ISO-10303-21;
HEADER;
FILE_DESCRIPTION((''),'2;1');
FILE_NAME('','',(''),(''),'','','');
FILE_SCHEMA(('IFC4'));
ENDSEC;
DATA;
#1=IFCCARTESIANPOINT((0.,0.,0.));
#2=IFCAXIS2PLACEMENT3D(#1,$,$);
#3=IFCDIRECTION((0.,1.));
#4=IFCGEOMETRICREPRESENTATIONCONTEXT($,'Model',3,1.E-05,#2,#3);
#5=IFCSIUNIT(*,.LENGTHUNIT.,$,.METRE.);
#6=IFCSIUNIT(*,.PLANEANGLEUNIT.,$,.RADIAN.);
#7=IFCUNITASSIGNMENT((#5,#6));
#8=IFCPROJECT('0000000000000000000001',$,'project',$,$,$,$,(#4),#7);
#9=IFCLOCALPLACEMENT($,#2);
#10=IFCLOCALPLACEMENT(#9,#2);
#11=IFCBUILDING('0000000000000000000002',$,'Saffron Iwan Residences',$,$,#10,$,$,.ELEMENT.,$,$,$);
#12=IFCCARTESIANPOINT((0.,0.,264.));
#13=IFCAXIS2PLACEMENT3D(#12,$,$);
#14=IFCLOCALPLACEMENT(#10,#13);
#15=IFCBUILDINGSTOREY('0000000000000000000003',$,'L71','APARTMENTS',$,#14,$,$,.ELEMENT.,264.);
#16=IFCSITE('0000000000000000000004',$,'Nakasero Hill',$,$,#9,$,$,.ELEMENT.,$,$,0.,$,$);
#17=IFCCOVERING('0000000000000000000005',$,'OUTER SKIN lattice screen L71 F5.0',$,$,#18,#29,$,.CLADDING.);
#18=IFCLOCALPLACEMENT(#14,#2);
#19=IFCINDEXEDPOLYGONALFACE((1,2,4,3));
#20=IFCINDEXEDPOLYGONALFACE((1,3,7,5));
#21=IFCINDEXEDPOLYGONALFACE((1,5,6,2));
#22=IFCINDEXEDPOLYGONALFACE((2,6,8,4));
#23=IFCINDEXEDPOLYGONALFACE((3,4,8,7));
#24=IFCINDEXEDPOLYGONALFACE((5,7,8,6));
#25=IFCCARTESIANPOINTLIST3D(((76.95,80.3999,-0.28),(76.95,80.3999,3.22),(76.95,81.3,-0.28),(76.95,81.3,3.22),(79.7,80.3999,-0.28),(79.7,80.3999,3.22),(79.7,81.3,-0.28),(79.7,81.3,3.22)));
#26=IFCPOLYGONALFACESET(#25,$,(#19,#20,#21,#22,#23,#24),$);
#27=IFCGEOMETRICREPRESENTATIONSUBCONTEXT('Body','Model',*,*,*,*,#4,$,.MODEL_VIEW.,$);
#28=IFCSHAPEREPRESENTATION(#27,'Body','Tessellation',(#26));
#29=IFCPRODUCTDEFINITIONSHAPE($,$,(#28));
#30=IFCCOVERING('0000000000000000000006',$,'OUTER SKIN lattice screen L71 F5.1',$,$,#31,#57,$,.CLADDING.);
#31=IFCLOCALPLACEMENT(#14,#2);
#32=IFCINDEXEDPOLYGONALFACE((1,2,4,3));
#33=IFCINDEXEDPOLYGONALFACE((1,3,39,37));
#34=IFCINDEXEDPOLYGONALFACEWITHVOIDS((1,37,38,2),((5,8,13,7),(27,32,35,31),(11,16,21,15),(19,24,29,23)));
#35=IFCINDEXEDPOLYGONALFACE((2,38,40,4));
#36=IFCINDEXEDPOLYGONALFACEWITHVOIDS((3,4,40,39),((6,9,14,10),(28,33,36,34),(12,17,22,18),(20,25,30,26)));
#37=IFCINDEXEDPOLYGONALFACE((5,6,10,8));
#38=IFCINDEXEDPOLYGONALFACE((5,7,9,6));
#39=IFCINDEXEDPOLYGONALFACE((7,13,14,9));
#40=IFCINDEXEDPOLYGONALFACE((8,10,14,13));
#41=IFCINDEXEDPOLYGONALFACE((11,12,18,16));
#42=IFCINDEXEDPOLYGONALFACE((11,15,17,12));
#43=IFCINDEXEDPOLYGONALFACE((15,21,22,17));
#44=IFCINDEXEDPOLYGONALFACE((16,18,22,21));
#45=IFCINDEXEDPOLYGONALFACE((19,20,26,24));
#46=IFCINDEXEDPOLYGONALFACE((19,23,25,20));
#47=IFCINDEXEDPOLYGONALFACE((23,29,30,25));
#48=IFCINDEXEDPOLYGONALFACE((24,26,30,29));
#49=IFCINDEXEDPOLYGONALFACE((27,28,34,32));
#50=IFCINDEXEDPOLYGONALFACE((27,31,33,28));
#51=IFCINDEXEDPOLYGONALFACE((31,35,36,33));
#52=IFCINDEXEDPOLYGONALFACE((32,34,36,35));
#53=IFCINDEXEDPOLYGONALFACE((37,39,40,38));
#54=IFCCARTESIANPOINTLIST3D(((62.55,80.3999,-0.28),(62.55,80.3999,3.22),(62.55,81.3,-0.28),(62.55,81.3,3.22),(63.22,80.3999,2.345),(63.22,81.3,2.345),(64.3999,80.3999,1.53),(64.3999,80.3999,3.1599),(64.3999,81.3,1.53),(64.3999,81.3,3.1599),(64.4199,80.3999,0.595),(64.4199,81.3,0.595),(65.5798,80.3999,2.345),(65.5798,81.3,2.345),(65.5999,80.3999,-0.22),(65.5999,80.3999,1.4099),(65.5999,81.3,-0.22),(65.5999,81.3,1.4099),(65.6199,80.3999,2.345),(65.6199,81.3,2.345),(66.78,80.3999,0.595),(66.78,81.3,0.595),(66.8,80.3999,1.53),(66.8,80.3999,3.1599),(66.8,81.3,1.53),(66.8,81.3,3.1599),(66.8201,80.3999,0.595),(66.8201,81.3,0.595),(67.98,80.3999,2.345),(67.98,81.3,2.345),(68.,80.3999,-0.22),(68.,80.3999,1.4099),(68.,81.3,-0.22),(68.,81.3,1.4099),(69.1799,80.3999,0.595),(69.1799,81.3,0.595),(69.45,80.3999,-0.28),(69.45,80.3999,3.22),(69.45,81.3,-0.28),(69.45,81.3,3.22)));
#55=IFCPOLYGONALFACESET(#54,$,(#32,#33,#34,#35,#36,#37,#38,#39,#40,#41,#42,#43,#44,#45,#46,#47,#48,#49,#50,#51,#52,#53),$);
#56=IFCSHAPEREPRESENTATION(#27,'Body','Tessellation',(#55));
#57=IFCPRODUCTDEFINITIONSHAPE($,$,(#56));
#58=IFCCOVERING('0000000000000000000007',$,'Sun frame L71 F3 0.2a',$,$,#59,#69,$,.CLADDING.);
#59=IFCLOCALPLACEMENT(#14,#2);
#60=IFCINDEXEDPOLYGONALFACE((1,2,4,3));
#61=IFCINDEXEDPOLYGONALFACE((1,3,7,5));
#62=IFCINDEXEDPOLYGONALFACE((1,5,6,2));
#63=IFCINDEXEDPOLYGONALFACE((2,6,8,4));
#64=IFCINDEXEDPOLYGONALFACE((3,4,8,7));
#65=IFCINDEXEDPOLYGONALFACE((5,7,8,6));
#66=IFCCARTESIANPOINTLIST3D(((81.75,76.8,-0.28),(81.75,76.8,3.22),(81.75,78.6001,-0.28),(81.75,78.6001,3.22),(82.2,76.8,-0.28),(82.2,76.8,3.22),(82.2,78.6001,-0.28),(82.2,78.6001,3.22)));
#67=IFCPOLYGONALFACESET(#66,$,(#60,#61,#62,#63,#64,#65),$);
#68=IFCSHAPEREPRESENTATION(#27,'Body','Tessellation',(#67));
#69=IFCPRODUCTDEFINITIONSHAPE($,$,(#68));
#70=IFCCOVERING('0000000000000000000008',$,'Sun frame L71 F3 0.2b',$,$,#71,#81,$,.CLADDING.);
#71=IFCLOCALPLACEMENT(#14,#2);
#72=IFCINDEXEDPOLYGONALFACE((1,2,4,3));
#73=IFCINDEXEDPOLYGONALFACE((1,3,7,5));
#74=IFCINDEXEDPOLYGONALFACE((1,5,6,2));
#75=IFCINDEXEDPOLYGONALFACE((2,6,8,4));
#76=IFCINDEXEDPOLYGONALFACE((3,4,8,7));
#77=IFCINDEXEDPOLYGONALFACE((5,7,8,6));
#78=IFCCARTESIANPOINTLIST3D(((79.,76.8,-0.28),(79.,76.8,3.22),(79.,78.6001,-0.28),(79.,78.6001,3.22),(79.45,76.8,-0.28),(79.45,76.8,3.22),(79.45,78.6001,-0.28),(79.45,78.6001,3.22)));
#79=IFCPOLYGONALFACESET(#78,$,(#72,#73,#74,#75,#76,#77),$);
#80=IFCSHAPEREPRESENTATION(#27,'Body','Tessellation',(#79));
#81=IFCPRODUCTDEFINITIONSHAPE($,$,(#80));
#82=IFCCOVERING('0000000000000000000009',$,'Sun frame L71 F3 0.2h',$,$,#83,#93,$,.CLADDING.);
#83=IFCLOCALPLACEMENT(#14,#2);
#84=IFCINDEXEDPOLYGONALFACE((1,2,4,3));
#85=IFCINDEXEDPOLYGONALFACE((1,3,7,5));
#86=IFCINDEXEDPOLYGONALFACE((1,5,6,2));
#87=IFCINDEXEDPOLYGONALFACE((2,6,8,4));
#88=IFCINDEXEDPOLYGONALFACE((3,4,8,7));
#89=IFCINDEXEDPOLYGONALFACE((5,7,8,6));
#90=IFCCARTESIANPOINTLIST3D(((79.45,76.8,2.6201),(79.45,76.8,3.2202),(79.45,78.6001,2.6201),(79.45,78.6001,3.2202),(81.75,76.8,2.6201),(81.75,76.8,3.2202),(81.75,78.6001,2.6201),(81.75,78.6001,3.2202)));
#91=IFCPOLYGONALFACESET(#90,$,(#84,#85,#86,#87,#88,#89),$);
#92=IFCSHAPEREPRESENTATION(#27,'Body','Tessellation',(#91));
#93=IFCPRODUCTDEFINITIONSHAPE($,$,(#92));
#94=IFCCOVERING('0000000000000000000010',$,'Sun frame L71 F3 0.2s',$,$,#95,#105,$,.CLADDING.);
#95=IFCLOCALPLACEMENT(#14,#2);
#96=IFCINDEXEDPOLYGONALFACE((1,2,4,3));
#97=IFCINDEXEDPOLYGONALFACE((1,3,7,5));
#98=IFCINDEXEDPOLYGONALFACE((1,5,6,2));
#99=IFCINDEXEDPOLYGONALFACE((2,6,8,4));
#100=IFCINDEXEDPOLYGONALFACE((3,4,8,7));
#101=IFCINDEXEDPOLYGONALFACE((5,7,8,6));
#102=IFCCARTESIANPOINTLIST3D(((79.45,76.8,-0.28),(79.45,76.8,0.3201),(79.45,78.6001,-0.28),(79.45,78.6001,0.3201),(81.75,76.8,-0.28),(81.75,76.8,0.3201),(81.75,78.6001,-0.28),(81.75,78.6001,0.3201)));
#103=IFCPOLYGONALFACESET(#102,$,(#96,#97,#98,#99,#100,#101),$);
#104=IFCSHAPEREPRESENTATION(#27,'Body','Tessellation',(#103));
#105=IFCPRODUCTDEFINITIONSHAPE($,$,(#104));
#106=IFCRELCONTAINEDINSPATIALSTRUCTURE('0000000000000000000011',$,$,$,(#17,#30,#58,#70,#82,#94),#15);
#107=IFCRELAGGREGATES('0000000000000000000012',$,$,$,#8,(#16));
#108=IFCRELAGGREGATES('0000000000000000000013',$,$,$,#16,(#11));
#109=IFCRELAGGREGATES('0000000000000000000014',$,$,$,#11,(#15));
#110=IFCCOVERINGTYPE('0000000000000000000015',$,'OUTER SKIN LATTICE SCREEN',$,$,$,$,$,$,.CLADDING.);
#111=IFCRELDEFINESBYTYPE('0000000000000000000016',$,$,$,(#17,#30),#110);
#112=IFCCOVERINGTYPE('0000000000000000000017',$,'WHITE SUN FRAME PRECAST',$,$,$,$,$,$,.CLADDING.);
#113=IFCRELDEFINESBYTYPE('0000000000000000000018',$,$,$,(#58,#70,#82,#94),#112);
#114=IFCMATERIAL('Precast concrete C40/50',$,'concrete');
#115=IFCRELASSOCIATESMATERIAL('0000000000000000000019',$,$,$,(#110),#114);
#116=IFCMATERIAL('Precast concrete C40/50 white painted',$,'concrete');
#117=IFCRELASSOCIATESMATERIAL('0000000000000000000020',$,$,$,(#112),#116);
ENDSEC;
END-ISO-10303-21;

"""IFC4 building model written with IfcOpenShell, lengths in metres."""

from ifc_helpers import new_model, si_unit, direction, frame, origin, place, context, subcontext, project, spatial, polyline, outline, extrude, material, type_object, element, save


model = new_model("IFC4")

# Units and contexts
model_context = context("Model", 3, precision=1e-05, world=origin(), true_north=direction((0.0, 1.0)))
body_context = subcontext(model_context, "Body", "Model", "MODEL_VIEW")
ifc_project = project(units=[si_unit("LENGTHUNIT", "METRE"), si_unit("PLANEANGLEUNIT", "RADIAN")], contexts=[model_context])

# Site, building, storey
site_placement = place(None, origin())
site = spatial("IfcSite", under=ifc_project, at=site_placement, Name="Nakasero Hill", CompositionType="ELEMENT", RefElevation=0.0)
building_placement = place(site_placement, origin())
building = spatial("IfcBuilding", under=site, at=building_placement, Name="Saffron Iwan Residences", CompositionType="ELEMENT")
storey_placement = place(building_placement, frame((0.0, 0.0, 264.0)))
storey = spatial("IfcBuildingStorey", under=building, at=storey_placement, Name="L71", Description="APARTMENTS", CompositionType="ELEMENT", Elevation=264.0)

# Coverings
ifc_material_1 = material(Name="Precast concrete C40/50", Category="concrete")
covering_type_1 = type_object("IfcCoveringType", Name="OUTER SKIN LATTICE SCREEN", PredefinedType="CLADDING", material=ifc_material_1)
covering_1_placement = place(storey_placement, frame((79.7, 80.3999, -0.28), z_axis=(0.0, 1.0, 0.0), x_axis=(-1.0, 0.0, 0.0)))
element("IfcCovering", 1, at=covering_1_placement, inside=storey, type_object=covering_type_1, Name="OUTER SKIN lattice screen L71 F5.0", PredefinedType="CLADDING", context=body_context, shape_type="SweptSolid", body=[
    extrude(outline(polyline([(0.0, 0.0), (2.75, 0.0), (2.75, 3.5), (0.0, 3.5), (0.0, 0.0)])), origin(), (0.0, 0.0, 1.0), 0.9001),
])
covering_2_placement = place(storey_placement, frame((69.45, 80.3999, -0.28), z_axis=(0.0, 1.0, 0.0), x_axis=(-1.0, 0.0, 0.0)))
element("IfcCovering", 2, at=covering_2_placement, inside=storey, type_object=covering_type_1, Name="OUTER SKIN lattice screen L71 F5.1", PredefinedType="CLADDING", context=body_context, shape_type="SweptSolid", body=[
    extrude(outline(polyline([(0.0, 0.0), (6.8999, 0.0), (6.8999, 3.5), (0.0, 3.5), (0.0, 0.0)]), holes=[polyline([(0.27, 0.875), (1.45, 0.0601), (2.6299, 0.875), (1.45, 1.6899), (0.27, 0.875)]), polyline([(2.6699, 0.875), (3.8501, 0.0601), (5.03, 0.875), (3.8501, 1.6899), (2.6699, 0.875)]), polyline([(1.47, 2.625), (2.6499, 1.8101), (3.8301, 2.625), (2.6499, 3.4399), (1.47, 2.625)]), polyline([(3.8701, 2.625), (5.05, 1.8101), (6.23, 2.625), (5.05, 3.4399), (3.8701, 2.625)])]), origin(), (0.0, 0.0, 1.0), 0.9001),
])
ifc_material_2 = material(Name="Precast concrete C40/50 white painted", Category="concrete")
covering_type_2 = type_object("IfcCoveringType", Name="WHITE SUN FRAME PRECAST", PredefinedType="CLADDING", material=ifc_material_2)
for number, where, z_axis, x_axis, name in (
    (3, (82.2, 76.8, -0.28), (0.0, 1.0, 0.0), (-1.0, 0.0, 0.0), "Sun frame L71 F3 0.2a"),
    (4, (79.45, 76.8, -0.28), (0.0, 1.0, 0.0), (-1.0, 0.0, 0.0), "Sun frame L71 F3 0.2b"),
):
    element("IfcCovering", number, at=place(storey_placement, frame(where, z_axis=z_axis, x_axis=x_axis)), inside=storey, type_object=covering_type_2, Name=name, PredefinedType="CLADDING", context=body_context, shape_type="SweptSolid", body=[
        extrude(outline(polyline([(0.0, 0.0), (0.45, 0.0), (0.45, 3.5), (0.0, 3.5), (0.0, 0.0)])), origin(), (0.0, 0.0, 1.0), 1.8),
    ])
for number, where, z_axis, x_axis, name in (
    (5, (81.75, 76.8, 2.6201), (0.0, 1.0, 0.0), (-1.0, 0.0, 0.0), "Sun frame L71 F3 0.2h"),
    (6, (81.75, 76.8, -0.28), (0.0, 1.0, 0.0), (-1.0, 0.0, 0.0), "Sun frame L71 F3 0.2s"),
):
    element("IfcCovering", number, at=place(storey_placement, frame(where, z_axis=z_axis, x_axis=x_axis)), inside=storey, type_object=covering_type_2, Name=name, PredefinedType="CLADDING", context=body_context, shape_type="SweptSolid", body=[
        extrude(outline(polyline([(0.0, 0.0), (2.3, 0.0), (2.3, 0.6001), (0.0, 0.6001), (0.0, 0.0)])), origin(), (0.0, 0.0, 1.0), 1.8),
    ])

save(model, "model.ifc")
